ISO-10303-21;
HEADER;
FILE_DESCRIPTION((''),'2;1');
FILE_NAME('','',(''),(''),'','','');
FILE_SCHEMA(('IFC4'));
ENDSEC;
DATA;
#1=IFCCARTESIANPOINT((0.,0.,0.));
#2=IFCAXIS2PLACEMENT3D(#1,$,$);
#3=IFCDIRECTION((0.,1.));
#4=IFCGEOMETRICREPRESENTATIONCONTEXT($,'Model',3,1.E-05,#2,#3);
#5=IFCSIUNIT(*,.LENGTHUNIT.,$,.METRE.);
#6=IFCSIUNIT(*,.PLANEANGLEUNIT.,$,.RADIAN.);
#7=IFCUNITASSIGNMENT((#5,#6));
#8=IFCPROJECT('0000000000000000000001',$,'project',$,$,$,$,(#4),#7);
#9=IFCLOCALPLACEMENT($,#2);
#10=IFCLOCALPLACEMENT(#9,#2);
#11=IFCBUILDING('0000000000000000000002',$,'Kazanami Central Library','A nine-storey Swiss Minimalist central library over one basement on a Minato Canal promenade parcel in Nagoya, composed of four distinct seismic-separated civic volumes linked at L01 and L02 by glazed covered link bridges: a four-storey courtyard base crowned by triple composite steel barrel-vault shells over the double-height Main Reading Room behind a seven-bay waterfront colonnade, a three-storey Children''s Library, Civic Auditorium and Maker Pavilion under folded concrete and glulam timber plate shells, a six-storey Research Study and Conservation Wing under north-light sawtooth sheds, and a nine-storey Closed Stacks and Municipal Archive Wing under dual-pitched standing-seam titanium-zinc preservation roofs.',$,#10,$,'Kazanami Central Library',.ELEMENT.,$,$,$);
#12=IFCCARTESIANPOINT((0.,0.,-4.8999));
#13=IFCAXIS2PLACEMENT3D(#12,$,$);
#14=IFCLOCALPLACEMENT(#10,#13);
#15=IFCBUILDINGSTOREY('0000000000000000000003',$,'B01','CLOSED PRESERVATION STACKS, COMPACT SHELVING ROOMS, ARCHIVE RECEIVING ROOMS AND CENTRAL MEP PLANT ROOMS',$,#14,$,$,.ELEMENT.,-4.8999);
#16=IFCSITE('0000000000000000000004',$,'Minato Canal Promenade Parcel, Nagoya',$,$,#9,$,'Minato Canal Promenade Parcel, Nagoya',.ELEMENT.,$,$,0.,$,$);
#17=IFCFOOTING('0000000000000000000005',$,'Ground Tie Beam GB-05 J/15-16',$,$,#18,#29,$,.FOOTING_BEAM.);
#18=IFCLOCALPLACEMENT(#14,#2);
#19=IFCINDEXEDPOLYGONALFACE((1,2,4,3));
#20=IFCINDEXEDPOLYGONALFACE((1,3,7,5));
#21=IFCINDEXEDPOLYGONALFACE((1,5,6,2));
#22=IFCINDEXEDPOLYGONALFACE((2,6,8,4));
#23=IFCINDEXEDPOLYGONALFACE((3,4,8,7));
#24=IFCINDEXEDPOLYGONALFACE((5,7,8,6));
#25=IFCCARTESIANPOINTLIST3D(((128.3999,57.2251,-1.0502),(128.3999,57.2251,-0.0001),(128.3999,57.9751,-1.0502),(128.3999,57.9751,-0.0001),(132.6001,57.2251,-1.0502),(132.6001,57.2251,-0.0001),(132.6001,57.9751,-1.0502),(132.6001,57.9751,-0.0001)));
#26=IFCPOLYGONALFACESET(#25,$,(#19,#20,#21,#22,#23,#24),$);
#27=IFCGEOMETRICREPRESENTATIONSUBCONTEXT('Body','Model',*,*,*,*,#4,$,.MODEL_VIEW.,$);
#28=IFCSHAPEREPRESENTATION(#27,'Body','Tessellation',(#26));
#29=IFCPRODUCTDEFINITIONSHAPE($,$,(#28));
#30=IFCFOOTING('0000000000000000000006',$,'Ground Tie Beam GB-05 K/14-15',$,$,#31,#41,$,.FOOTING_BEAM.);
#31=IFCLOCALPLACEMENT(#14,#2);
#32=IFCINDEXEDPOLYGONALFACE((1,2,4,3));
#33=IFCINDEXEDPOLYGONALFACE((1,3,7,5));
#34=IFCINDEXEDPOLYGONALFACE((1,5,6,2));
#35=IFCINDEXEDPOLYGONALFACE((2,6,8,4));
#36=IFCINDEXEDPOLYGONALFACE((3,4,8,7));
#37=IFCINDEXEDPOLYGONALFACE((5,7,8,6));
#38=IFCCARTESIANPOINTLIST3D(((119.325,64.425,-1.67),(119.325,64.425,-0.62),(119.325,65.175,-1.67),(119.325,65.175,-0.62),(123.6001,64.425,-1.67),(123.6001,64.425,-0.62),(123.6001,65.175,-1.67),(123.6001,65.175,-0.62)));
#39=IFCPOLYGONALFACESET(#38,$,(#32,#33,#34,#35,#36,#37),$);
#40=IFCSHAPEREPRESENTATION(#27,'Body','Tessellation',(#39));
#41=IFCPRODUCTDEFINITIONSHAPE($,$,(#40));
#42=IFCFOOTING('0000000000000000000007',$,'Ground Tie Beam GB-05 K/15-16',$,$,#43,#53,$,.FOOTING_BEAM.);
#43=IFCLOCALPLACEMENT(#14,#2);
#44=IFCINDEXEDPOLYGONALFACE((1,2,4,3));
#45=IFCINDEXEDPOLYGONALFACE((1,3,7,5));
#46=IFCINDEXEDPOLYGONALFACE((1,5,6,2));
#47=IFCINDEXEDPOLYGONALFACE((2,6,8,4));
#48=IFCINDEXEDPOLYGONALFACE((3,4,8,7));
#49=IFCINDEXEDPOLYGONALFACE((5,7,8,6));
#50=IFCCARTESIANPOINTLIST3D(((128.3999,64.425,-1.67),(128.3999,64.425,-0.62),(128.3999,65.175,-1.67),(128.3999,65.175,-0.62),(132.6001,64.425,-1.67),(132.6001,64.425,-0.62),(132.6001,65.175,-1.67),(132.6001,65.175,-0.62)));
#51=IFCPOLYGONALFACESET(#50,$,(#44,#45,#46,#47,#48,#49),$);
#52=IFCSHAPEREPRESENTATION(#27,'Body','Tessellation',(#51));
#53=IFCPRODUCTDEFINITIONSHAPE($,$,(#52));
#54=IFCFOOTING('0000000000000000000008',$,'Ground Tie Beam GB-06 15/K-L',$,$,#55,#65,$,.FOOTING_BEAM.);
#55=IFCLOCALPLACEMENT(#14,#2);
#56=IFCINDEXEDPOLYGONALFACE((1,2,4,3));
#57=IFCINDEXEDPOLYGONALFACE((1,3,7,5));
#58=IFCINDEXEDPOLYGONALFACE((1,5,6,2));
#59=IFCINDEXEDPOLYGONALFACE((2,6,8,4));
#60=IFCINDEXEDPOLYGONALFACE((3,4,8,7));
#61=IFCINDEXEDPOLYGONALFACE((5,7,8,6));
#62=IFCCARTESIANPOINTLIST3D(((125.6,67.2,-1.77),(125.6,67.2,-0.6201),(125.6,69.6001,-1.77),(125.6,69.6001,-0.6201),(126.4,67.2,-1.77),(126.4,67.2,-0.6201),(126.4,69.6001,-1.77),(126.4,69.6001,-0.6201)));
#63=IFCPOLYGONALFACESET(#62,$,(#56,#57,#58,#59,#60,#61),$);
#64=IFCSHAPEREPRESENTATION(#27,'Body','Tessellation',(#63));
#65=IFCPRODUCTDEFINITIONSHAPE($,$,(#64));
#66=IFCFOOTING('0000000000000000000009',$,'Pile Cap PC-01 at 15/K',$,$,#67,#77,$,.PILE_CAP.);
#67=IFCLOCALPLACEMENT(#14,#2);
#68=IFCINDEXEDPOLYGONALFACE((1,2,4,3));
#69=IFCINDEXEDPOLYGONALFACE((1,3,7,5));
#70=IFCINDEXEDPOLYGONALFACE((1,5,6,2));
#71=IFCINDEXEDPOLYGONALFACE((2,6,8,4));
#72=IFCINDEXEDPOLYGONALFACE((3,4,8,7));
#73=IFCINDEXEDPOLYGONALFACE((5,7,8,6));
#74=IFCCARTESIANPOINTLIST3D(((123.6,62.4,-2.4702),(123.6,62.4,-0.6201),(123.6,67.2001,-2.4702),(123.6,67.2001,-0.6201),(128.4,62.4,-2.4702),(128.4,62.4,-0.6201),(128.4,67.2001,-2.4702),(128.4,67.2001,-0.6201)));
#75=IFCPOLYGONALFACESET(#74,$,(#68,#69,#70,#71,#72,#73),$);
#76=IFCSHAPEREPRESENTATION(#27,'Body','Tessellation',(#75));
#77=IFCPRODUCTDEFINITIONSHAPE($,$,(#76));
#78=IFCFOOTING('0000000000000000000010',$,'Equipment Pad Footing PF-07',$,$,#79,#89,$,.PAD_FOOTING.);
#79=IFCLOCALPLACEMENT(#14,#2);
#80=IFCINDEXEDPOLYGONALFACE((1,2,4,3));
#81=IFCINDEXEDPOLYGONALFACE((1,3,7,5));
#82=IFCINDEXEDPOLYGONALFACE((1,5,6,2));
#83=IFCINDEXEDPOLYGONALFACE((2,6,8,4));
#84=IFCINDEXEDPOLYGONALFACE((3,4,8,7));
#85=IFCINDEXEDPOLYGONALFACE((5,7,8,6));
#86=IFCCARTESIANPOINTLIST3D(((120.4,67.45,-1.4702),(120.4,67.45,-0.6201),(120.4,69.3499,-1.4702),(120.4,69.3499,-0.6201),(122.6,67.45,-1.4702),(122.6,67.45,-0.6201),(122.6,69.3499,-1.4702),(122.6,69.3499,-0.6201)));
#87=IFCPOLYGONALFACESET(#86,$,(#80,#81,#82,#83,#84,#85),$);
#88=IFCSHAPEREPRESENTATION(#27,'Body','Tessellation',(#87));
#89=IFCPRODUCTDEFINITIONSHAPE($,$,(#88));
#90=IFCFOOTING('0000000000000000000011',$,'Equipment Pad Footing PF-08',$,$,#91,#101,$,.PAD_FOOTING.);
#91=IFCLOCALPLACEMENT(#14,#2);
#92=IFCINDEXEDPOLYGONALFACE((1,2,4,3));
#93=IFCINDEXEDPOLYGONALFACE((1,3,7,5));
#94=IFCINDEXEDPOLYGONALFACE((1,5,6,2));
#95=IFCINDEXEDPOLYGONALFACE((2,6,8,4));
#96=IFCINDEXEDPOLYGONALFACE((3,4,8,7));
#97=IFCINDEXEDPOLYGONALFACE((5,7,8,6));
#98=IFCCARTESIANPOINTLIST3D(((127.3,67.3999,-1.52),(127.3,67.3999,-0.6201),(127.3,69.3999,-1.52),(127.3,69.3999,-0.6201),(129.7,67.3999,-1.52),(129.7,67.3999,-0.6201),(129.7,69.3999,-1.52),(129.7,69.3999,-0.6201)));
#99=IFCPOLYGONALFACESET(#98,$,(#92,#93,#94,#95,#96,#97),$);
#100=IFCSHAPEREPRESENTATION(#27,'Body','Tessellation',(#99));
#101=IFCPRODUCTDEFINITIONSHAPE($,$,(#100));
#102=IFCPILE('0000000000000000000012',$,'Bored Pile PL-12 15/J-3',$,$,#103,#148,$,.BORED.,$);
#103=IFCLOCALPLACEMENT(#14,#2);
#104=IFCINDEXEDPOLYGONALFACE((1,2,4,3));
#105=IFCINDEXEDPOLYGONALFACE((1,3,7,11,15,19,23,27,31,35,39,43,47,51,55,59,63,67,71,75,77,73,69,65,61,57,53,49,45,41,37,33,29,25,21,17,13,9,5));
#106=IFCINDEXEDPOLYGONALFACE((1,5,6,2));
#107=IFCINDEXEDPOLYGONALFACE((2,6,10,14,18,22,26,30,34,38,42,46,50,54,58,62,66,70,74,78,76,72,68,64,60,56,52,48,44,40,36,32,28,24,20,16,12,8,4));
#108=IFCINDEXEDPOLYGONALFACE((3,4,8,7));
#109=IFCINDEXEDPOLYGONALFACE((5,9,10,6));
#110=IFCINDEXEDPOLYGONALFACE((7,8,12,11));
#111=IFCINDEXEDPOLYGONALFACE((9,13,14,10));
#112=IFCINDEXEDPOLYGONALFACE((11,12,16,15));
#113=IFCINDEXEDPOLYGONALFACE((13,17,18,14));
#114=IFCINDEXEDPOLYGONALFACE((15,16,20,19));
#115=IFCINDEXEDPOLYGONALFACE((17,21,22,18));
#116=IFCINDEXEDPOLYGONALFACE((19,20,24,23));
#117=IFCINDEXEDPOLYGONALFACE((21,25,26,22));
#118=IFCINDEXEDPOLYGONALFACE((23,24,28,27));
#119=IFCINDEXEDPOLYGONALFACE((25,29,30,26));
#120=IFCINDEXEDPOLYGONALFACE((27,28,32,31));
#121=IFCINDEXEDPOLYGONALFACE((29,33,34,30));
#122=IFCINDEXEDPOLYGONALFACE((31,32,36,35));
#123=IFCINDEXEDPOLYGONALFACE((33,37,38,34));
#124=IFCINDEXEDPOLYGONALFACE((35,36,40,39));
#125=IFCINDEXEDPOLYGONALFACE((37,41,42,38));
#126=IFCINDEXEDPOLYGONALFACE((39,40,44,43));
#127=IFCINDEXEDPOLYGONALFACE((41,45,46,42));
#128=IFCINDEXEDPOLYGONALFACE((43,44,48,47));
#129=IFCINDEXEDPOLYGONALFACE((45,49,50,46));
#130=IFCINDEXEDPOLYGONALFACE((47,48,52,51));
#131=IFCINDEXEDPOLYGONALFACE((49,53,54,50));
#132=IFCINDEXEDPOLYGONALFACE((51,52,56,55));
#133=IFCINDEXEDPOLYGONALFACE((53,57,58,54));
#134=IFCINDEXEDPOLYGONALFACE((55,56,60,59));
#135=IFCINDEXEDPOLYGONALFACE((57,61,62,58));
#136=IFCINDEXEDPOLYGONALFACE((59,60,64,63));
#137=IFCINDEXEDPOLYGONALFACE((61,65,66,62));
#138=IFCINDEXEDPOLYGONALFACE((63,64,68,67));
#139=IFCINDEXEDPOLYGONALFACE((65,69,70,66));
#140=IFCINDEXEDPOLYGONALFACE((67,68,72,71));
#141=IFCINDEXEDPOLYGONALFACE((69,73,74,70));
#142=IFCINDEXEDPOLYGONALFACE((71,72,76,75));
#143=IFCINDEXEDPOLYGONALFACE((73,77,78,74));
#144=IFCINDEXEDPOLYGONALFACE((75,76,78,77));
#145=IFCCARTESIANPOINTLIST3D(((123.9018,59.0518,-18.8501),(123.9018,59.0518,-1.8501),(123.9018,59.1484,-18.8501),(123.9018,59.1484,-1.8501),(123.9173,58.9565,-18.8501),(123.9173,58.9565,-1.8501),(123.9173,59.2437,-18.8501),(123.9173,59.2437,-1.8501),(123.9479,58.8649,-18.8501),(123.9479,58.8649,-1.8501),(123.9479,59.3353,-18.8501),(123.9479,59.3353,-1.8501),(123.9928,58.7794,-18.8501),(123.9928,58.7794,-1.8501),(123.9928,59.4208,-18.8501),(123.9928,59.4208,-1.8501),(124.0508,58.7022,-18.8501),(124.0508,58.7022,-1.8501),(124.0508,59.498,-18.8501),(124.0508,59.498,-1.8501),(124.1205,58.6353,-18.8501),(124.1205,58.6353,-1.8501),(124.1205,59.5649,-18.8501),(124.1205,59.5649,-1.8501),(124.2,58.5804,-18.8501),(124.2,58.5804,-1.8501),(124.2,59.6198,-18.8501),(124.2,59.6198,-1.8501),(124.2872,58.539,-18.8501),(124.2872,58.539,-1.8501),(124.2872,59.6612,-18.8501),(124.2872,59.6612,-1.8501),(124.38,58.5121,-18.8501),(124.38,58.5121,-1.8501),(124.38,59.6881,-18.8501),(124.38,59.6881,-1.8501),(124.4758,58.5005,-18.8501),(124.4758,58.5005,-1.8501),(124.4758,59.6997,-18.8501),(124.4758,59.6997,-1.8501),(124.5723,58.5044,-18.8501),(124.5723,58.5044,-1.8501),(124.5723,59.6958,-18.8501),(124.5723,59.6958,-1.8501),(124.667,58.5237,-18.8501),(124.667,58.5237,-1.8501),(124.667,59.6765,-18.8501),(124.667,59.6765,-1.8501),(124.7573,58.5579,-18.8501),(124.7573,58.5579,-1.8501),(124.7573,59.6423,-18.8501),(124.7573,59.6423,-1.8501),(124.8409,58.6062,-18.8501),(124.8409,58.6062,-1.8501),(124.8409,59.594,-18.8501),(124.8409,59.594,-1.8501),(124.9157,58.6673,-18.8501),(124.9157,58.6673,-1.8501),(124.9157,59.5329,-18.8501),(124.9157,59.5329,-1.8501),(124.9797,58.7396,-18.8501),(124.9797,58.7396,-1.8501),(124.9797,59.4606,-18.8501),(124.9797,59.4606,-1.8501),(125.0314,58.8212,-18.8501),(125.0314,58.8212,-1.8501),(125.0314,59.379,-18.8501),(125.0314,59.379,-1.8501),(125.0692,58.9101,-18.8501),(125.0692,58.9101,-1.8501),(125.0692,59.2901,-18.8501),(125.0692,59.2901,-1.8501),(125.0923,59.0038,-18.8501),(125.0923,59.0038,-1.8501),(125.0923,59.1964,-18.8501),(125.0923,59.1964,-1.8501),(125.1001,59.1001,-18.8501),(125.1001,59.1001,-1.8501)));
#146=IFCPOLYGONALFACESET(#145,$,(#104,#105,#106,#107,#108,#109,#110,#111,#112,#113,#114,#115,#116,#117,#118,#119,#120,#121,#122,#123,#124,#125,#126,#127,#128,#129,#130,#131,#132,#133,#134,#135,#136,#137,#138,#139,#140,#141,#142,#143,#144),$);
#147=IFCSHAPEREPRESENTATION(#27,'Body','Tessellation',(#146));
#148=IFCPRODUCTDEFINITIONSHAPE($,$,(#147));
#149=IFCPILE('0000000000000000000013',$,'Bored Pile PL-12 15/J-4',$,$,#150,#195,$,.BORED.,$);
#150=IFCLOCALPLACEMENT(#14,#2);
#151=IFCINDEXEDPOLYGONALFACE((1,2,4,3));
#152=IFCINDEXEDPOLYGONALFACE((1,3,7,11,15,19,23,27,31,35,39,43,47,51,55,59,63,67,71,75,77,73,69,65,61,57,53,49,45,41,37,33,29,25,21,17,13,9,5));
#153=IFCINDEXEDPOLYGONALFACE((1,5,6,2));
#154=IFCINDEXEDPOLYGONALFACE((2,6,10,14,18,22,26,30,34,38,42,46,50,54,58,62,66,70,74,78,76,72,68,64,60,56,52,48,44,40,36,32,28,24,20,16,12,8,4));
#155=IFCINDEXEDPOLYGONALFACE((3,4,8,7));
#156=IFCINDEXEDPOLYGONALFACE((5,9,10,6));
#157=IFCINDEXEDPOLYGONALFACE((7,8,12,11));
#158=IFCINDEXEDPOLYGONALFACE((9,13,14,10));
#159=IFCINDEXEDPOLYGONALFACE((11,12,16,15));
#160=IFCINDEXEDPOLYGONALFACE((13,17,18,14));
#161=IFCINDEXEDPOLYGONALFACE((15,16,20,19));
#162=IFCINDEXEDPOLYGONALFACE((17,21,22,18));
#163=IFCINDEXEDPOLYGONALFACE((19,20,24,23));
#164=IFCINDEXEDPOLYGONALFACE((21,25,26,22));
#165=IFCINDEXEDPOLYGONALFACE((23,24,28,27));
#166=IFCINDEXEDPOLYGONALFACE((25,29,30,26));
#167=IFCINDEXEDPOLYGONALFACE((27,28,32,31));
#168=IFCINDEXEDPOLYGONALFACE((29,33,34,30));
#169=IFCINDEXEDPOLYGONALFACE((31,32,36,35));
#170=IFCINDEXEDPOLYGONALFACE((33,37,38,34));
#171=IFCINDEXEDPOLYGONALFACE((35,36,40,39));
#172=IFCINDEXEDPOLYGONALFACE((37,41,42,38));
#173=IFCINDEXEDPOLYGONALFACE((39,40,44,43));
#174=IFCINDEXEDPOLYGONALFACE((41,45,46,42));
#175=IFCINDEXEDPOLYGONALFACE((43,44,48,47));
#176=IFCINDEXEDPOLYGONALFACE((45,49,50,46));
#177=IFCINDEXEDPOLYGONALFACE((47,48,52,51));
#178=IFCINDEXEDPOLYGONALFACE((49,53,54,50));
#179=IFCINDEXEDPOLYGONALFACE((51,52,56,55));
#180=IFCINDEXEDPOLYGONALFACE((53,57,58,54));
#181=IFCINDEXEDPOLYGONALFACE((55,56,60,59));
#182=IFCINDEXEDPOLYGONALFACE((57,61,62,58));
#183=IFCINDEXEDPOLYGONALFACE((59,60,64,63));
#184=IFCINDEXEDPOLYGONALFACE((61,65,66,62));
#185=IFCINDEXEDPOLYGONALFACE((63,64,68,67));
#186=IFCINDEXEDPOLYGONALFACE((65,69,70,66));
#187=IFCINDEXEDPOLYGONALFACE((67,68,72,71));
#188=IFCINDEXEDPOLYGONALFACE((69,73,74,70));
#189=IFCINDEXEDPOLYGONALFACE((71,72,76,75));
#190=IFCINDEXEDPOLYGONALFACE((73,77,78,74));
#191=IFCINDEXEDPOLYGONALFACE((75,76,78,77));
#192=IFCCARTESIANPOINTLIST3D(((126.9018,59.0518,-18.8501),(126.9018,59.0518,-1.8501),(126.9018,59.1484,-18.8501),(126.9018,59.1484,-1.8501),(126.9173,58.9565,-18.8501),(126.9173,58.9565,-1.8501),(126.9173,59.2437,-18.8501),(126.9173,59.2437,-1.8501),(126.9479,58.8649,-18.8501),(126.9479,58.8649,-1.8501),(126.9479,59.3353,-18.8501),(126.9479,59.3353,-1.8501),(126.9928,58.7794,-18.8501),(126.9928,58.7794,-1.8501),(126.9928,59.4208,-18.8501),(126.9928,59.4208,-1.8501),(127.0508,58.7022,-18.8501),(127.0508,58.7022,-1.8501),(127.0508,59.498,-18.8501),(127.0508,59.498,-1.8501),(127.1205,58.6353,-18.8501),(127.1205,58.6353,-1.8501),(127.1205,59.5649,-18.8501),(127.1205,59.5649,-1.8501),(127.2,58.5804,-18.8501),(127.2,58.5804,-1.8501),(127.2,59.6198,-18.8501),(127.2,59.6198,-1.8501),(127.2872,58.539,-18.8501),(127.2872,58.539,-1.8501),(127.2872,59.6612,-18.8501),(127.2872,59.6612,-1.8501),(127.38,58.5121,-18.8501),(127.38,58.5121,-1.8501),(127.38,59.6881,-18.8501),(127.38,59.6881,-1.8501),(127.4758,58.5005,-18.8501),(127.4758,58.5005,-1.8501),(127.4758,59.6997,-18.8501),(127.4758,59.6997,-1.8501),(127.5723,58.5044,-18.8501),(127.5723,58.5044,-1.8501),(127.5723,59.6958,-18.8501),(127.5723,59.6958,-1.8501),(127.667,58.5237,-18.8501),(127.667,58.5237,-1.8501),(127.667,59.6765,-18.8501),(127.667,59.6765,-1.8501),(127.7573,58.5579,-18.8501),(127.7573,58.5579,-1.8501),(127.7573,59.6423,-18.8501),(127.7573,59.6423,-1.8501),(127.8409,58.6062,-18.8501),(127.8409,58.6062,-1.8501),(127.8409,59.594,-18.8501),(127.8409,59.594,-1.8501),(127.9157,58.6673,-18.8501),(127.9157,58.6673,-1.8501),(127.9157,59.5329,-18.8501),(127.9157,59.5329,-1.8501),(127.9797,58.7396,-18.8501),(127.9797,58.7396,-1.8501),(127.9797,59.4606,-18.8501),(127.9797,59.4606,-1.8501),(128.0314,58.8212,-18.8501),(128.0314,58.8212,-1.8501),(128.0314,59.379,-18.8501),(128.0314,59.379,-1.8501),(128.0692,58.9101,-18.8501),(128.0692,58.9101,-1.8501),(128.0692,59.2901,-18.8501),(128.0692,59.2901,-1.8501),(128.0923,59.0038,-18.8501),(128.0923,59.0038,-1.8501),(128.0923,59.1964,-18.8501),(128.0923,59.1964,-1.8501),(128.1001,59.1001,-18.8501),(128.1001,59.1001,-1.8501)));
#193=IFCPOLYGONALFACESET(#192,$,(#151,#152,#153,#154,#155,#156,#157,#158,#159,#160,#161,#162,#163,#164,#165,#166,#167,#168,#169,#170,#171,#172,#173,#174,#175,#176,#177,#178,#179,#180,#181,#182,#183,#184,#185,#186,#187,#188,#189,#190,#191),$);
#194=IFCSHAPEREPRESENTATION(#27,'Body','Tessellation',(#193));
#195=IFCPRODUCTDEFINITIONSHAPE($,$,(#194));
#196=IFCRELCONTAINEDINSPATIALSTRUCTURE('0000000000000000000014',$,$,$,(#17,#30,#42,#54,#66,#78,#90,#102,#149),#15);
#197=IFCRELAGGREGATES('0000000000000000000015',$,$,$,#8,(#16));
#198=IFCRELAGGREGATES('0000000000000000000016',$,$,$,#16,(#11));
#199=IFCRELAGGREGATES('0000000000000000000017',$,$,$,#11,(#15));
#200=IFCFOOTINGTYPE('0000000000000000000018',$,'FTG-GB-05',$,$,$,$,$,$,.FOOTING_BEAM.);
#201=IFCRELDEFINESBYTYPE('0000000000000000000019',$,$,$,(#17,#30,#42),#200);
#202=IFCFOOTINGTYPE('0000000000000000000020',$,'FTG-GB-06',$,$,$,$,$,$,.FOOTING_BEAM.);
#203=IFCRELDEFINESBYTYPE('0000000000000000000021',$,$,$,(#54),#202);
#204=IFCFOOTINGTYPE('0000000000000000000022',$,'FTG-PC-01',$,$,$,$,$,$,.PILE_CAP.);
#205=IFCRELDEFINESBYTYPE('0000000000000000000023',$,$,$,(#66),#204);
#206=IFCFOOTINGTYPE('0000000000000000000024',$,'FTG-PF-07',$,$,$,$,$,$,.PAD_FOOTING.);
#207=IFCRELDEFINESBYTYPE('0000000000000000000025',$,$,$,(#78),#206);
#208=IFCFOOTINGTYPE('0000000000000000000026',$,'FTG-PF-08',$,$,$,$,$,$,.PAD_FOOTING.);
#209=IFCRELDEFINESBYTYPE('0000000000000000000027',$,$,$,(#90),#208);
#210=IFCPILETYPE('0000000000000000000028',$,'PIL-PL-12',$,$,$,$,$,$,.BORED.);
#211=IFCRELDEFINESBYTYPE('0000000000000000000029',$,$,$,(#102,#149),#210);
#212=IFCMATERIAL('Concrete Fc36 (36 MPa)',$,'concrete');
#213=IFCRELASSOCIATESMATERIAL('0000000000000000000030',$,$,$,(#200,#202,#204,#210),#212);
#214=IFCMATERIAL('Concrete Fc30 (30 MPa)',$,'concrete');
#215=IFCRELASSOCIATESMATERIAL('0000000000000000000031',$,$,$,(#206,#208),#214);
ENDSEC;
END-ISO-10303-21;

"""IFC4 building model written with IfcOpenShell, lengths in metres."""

from ifc_helpers import new_model, si_unit, direction, frame, origin, origin_2d, place, context, subcontext, project, spatial, rectangle, circle, extrude, material, material_profile, profile_set, type_object, element, save


model = new_model("IFC4")

# Units and contexts
model_context = context("Model", 3, precision=1e-05, world=origin(), true_north=direction((0.0, 1.0)))
body_context = subcontext(model_context, "Body", "Model", "MODEL_VIEW")
ifc_project = project(units=[si_unit("LENGTHUNIT", "METRE"), si_unit("PLANEANGLEUNIT", "RADIAN")], contexts=[model_context])

# Site, building, storey
site_placement = place(None, origin())
site = spatial("IfcSite", under=ifc_project, at=site_placement, Name="Minato Canal Promenade Parcel, Nagoya", LongName="Minato Canal Promenade Parcel, Nagoya", CompositionType="ELEMENT", RefElevation=0.0)
building_placement = place(site_placement, origin())
building = spatial("IfcBuilding", under=site, at=building_placement, Name="Kazanami Central Library", Description="A nine-storey Swiss Minimalist central library over one basement on a Minato Canal promenade parcel in Nagoya, composed of four distinct seismic-separated civic volumes linked at L01 and L02 by glazed covered link bridges: a four-storey courtyard base crowned by triple composite steel barrel-vault shells over the double-height Main Reading Room behind a seven-bay waterfront colonnade, a three-storey Children's Library, Civic Auditorium and Maker Pavilion under folded concrete and glulam timber plate shells, a six-storey Research Study and Conservation Wing under north-light sawtooth sheds, and a nine-storey Closed Stacks and Municipal Archive Wing under dual-pitched standing-seam titanium-zinc preservation roofs.", LongName="Kazanami Central Library", CompositionType="ELEMENT")
storey_placement = place(building_placement, frame((0.0, 0.0, -4.8999)))
storey = spatial("IfcBuildingStorey", under=building, at=storey_placement, Name="B01", Description="CLOSED PRESERVATION STACKS, COMPACT SHELVING ROOMS, ARCHIVE RECEIVING ROOMS AND CENTRAL MEP PLANT ROOMS", CompositionType="ELEMENT", Elevation=-4.8999)

# Footings
ifc_material_1 = material(Name="Concrete Fc36 (36 MPa)", Category="concrete")
ifc_material_profile_1 = material_profile(ifc_material_1, rectangle(XDim=0.75, YDim=1.05, at=origin_2d()), Name="RC-750x1050")
ifc_profile_set_1 = profile_set([ifc_material_profile_1], Name="Concrete Fc36 (36 MPa)")
footing_type_1 = type_object("IfcFootingType", Name="FTG-GB-05", PredefinedType="FOOTING_BEAM", material=ifc_profile_set_1)
footing_1_placement = place(storey_placement, frame((128.3999, 57.6001, -0.5251), z_axis=(1.0, 0.0, 0.0), x_axis=(0.0, 1.0, 0.0)))
element("IfcFooting", 1, at=footing_1_placement, inside=storey, type_object=footing_type_1, Name="Ground Tie Beam GB-05 J/15-16", PredefinedType="FOOTING_BEAM", context=body_context, shape_type="SweptSolid", body=[
    extrude(rectangle(XDim=0.75, YDim=1.05, at=origin_2d()), origin(), (0.0, 0.0, 1.0), 4.2002),
])
footing_2_placement = place(storey_placement, frame((119.325, 64.8, -1.145), z_axis=(1.0, 0.0, 0.0), x_axis=(0.0, 1.0, 0.0)))
element("IfcFooting", 2, at=footing_2_placement, inside=storey, type_object=footing_type_1, Name="Ground Tie Beam GB-05 K/14-15", PredefinedType="FOOTING_BEAM", context=body_context, shape_type="SweptSolid", body=[
    extrude(rectangle(XDim=0.75, YDim=1.05, at=origin_2d()), origin(), (0.0, 0.0, 1.0), 4.2751),
])
footing_3_placement = place(storey_placement, frame((128.3999, 64.8, -1.145), z_axis=(1.0, 0.0, 0.0), x_axis=(0.0, 1.0, 0.0)))
element("IfcFooting", 3, at=footing_3_placement, inside=storey, type_object=footing_type_1, Name="Ground Tie Beam GB-05 K/15-16", PredefinedType="FOOTING_BEAM", context=body_context, shape_type="SweptSolid", body=[
    extrude(rectangle(XDim=0.75, YDim=1.05, at=origin_2d()), origin(), (0.0, 0.0, 1.0), 4.2002),
])
ifc_material_profile_2 = material_profile(ifc_material_1, rectangle(XDim=0.8, YDim=1.1499, at=origin_2d()), Name="RC-800x1150")
ifc_profile_set_2 = profile_set([ifc_material_profile_2], Name="Concrete Fc36 (36 MPa)")
footing_type_2 = type_object("IfcFootingType", Name="FTG-GB-06", PredefinedType="FOOTING_BEAM", material=ifc_profile_set_2)
footing_4_placement = place(storey_placement, frame((126.0, 67.2, -1.1951), z_axis=(0.0, 1.0, 0.0), x_axis=(-1.0, 0.0, 0.0)))
element("IfcFooting", 4, at=footing_4_placement, inside=storey, type_object=footing_type_2, Name="Ground Tie Beam GB-06 15/K-L", PredefinedType="FOOTING_BEAM", context=body_context, shape_type="SweptSolid", body=[
    extrude(rectangle(XDim=0.8, YDim=1.1499, at=origin_2d()), origin(), (0.0, 0.0, 1.0), 2.4001),
])
footing_type_3 = type_object("IfcFootingType", Name="FTG-PC-01", PredefinedType="PILE_CAP", material=ifc_material_1)
footing_5_placement = place(storey_placement, frame((126.0, 64.8, -2.4702), z_axis=(0.0, 0.0, 1.0), x_axis=(1.0, 0.0, 0.0)))
element("IfcFooting", 5, at=footing_5_placement, inside=storey, type_object=footing_type_3, Name="Pile Cap PC-01 at 15/K", PredefinedType="PILE_CAP", context=body_context, shape_type="SweptSolid", body=[
    extrude(rectangle(XDim=4.8, YDim=4.8, at=origin_2d()), origin(), (0.0, 0.0, 1.0), 1.8501),
])
ifc_material_2 = material(Name="Concrete Fc30 (30 MPa)", Category="concrete")
footing_type_4 = type_object("IfcFootingType", Name="FTG-PF-07", PredefinedType="PAD_FOOTING", material=ifc_material_2)
footing_6_placement = place(storey_placement, frame((121.5, 68.3999, -1.4702), z_axis=(0.0, 0.0, 1.0), x_axis=(1.0, 0.0, 0.0)))
element("IfcFooting", 6, at=footing_6_placement, inside=storey, type_object=footing_type_4, Name="Equipment Pad Footing PF-07", PredefinedType="PAD_FOOTING", context=body_context, shape_type="SweptSolid", body=[
    extrude(rectangle(XDim=2.2, YDim=1.8999, at=origin_2d()), origin(), (0.0, 0.0, 1.0), 0.8501),
])
footing_type_5 = type_object("IfcFootingType", Name="FTG-PF-08", PredefinedType="PAD_FOOTING", material=ifc_material_2)
footing_7_placement = place(storey_placement, frame((128.5, 68.3999, -1.52), z_axis=(0.0, 0.0, 1.0), x_axis=(1.0, 0.0, 0.0)))
element("IfcFooting", 7, at=footing_7_placement, inside=storey, type_object=footing_type_5, Name="Equipment Pad Footing PF-08", PredefinedType="PAD_FOOTING", context=body_context, shape_type="SweptSolid", body=[
    extrude(rectangle(XDim=2.3999, YDim=2.0, at=origin_2d()), origin(), (0.0, 0.0, 1.0), 0.8999),
])

# Piles
ifc_material_profile_3 = material_profile(ifc_material_1, circle(Radius=0.6001, at=origin_2d()), Name="BORED-D1200")
ifc_profile_set_3 = profile_set([ifc_material_profile_3], Name="Concrete Fc36 (36 MPa)")
pile_type = type_object("IfcPileType", Name="PIL-PL-12", PredefinedType="BORED", material=ifc_profile_set_3)
for number, where, z_axis, x_axis, name in (
    (8, (124.5, 59.1001, -1.8501), (0.0, 0.0, -1.0), (1.0, 0.0, 0.0), "Bored Pile PL-12 15/J-3"),
    (9, (127.5, 59.1001, -1.8501), (0.0, 0.0, -1.0), (1.0, 0.0, 0.0), "Bored Pile PL-12 15/J-4"),
):
    element("IfcPile", number, at=place(storey_placement, frame(where, z_axis=z_axis, x_axis=x_axis)), inside=storey, type_object=pile_type, Name=name, PredefinedType="BORED", context=body_context, shape_type="SweptSolid", body=[
        extrude(circle(Radius=0.6001, at=origin_2d()), origin(), (0.0, 0.0, 1.0), 17.0),
    ])

save(model, "model.ifc")
